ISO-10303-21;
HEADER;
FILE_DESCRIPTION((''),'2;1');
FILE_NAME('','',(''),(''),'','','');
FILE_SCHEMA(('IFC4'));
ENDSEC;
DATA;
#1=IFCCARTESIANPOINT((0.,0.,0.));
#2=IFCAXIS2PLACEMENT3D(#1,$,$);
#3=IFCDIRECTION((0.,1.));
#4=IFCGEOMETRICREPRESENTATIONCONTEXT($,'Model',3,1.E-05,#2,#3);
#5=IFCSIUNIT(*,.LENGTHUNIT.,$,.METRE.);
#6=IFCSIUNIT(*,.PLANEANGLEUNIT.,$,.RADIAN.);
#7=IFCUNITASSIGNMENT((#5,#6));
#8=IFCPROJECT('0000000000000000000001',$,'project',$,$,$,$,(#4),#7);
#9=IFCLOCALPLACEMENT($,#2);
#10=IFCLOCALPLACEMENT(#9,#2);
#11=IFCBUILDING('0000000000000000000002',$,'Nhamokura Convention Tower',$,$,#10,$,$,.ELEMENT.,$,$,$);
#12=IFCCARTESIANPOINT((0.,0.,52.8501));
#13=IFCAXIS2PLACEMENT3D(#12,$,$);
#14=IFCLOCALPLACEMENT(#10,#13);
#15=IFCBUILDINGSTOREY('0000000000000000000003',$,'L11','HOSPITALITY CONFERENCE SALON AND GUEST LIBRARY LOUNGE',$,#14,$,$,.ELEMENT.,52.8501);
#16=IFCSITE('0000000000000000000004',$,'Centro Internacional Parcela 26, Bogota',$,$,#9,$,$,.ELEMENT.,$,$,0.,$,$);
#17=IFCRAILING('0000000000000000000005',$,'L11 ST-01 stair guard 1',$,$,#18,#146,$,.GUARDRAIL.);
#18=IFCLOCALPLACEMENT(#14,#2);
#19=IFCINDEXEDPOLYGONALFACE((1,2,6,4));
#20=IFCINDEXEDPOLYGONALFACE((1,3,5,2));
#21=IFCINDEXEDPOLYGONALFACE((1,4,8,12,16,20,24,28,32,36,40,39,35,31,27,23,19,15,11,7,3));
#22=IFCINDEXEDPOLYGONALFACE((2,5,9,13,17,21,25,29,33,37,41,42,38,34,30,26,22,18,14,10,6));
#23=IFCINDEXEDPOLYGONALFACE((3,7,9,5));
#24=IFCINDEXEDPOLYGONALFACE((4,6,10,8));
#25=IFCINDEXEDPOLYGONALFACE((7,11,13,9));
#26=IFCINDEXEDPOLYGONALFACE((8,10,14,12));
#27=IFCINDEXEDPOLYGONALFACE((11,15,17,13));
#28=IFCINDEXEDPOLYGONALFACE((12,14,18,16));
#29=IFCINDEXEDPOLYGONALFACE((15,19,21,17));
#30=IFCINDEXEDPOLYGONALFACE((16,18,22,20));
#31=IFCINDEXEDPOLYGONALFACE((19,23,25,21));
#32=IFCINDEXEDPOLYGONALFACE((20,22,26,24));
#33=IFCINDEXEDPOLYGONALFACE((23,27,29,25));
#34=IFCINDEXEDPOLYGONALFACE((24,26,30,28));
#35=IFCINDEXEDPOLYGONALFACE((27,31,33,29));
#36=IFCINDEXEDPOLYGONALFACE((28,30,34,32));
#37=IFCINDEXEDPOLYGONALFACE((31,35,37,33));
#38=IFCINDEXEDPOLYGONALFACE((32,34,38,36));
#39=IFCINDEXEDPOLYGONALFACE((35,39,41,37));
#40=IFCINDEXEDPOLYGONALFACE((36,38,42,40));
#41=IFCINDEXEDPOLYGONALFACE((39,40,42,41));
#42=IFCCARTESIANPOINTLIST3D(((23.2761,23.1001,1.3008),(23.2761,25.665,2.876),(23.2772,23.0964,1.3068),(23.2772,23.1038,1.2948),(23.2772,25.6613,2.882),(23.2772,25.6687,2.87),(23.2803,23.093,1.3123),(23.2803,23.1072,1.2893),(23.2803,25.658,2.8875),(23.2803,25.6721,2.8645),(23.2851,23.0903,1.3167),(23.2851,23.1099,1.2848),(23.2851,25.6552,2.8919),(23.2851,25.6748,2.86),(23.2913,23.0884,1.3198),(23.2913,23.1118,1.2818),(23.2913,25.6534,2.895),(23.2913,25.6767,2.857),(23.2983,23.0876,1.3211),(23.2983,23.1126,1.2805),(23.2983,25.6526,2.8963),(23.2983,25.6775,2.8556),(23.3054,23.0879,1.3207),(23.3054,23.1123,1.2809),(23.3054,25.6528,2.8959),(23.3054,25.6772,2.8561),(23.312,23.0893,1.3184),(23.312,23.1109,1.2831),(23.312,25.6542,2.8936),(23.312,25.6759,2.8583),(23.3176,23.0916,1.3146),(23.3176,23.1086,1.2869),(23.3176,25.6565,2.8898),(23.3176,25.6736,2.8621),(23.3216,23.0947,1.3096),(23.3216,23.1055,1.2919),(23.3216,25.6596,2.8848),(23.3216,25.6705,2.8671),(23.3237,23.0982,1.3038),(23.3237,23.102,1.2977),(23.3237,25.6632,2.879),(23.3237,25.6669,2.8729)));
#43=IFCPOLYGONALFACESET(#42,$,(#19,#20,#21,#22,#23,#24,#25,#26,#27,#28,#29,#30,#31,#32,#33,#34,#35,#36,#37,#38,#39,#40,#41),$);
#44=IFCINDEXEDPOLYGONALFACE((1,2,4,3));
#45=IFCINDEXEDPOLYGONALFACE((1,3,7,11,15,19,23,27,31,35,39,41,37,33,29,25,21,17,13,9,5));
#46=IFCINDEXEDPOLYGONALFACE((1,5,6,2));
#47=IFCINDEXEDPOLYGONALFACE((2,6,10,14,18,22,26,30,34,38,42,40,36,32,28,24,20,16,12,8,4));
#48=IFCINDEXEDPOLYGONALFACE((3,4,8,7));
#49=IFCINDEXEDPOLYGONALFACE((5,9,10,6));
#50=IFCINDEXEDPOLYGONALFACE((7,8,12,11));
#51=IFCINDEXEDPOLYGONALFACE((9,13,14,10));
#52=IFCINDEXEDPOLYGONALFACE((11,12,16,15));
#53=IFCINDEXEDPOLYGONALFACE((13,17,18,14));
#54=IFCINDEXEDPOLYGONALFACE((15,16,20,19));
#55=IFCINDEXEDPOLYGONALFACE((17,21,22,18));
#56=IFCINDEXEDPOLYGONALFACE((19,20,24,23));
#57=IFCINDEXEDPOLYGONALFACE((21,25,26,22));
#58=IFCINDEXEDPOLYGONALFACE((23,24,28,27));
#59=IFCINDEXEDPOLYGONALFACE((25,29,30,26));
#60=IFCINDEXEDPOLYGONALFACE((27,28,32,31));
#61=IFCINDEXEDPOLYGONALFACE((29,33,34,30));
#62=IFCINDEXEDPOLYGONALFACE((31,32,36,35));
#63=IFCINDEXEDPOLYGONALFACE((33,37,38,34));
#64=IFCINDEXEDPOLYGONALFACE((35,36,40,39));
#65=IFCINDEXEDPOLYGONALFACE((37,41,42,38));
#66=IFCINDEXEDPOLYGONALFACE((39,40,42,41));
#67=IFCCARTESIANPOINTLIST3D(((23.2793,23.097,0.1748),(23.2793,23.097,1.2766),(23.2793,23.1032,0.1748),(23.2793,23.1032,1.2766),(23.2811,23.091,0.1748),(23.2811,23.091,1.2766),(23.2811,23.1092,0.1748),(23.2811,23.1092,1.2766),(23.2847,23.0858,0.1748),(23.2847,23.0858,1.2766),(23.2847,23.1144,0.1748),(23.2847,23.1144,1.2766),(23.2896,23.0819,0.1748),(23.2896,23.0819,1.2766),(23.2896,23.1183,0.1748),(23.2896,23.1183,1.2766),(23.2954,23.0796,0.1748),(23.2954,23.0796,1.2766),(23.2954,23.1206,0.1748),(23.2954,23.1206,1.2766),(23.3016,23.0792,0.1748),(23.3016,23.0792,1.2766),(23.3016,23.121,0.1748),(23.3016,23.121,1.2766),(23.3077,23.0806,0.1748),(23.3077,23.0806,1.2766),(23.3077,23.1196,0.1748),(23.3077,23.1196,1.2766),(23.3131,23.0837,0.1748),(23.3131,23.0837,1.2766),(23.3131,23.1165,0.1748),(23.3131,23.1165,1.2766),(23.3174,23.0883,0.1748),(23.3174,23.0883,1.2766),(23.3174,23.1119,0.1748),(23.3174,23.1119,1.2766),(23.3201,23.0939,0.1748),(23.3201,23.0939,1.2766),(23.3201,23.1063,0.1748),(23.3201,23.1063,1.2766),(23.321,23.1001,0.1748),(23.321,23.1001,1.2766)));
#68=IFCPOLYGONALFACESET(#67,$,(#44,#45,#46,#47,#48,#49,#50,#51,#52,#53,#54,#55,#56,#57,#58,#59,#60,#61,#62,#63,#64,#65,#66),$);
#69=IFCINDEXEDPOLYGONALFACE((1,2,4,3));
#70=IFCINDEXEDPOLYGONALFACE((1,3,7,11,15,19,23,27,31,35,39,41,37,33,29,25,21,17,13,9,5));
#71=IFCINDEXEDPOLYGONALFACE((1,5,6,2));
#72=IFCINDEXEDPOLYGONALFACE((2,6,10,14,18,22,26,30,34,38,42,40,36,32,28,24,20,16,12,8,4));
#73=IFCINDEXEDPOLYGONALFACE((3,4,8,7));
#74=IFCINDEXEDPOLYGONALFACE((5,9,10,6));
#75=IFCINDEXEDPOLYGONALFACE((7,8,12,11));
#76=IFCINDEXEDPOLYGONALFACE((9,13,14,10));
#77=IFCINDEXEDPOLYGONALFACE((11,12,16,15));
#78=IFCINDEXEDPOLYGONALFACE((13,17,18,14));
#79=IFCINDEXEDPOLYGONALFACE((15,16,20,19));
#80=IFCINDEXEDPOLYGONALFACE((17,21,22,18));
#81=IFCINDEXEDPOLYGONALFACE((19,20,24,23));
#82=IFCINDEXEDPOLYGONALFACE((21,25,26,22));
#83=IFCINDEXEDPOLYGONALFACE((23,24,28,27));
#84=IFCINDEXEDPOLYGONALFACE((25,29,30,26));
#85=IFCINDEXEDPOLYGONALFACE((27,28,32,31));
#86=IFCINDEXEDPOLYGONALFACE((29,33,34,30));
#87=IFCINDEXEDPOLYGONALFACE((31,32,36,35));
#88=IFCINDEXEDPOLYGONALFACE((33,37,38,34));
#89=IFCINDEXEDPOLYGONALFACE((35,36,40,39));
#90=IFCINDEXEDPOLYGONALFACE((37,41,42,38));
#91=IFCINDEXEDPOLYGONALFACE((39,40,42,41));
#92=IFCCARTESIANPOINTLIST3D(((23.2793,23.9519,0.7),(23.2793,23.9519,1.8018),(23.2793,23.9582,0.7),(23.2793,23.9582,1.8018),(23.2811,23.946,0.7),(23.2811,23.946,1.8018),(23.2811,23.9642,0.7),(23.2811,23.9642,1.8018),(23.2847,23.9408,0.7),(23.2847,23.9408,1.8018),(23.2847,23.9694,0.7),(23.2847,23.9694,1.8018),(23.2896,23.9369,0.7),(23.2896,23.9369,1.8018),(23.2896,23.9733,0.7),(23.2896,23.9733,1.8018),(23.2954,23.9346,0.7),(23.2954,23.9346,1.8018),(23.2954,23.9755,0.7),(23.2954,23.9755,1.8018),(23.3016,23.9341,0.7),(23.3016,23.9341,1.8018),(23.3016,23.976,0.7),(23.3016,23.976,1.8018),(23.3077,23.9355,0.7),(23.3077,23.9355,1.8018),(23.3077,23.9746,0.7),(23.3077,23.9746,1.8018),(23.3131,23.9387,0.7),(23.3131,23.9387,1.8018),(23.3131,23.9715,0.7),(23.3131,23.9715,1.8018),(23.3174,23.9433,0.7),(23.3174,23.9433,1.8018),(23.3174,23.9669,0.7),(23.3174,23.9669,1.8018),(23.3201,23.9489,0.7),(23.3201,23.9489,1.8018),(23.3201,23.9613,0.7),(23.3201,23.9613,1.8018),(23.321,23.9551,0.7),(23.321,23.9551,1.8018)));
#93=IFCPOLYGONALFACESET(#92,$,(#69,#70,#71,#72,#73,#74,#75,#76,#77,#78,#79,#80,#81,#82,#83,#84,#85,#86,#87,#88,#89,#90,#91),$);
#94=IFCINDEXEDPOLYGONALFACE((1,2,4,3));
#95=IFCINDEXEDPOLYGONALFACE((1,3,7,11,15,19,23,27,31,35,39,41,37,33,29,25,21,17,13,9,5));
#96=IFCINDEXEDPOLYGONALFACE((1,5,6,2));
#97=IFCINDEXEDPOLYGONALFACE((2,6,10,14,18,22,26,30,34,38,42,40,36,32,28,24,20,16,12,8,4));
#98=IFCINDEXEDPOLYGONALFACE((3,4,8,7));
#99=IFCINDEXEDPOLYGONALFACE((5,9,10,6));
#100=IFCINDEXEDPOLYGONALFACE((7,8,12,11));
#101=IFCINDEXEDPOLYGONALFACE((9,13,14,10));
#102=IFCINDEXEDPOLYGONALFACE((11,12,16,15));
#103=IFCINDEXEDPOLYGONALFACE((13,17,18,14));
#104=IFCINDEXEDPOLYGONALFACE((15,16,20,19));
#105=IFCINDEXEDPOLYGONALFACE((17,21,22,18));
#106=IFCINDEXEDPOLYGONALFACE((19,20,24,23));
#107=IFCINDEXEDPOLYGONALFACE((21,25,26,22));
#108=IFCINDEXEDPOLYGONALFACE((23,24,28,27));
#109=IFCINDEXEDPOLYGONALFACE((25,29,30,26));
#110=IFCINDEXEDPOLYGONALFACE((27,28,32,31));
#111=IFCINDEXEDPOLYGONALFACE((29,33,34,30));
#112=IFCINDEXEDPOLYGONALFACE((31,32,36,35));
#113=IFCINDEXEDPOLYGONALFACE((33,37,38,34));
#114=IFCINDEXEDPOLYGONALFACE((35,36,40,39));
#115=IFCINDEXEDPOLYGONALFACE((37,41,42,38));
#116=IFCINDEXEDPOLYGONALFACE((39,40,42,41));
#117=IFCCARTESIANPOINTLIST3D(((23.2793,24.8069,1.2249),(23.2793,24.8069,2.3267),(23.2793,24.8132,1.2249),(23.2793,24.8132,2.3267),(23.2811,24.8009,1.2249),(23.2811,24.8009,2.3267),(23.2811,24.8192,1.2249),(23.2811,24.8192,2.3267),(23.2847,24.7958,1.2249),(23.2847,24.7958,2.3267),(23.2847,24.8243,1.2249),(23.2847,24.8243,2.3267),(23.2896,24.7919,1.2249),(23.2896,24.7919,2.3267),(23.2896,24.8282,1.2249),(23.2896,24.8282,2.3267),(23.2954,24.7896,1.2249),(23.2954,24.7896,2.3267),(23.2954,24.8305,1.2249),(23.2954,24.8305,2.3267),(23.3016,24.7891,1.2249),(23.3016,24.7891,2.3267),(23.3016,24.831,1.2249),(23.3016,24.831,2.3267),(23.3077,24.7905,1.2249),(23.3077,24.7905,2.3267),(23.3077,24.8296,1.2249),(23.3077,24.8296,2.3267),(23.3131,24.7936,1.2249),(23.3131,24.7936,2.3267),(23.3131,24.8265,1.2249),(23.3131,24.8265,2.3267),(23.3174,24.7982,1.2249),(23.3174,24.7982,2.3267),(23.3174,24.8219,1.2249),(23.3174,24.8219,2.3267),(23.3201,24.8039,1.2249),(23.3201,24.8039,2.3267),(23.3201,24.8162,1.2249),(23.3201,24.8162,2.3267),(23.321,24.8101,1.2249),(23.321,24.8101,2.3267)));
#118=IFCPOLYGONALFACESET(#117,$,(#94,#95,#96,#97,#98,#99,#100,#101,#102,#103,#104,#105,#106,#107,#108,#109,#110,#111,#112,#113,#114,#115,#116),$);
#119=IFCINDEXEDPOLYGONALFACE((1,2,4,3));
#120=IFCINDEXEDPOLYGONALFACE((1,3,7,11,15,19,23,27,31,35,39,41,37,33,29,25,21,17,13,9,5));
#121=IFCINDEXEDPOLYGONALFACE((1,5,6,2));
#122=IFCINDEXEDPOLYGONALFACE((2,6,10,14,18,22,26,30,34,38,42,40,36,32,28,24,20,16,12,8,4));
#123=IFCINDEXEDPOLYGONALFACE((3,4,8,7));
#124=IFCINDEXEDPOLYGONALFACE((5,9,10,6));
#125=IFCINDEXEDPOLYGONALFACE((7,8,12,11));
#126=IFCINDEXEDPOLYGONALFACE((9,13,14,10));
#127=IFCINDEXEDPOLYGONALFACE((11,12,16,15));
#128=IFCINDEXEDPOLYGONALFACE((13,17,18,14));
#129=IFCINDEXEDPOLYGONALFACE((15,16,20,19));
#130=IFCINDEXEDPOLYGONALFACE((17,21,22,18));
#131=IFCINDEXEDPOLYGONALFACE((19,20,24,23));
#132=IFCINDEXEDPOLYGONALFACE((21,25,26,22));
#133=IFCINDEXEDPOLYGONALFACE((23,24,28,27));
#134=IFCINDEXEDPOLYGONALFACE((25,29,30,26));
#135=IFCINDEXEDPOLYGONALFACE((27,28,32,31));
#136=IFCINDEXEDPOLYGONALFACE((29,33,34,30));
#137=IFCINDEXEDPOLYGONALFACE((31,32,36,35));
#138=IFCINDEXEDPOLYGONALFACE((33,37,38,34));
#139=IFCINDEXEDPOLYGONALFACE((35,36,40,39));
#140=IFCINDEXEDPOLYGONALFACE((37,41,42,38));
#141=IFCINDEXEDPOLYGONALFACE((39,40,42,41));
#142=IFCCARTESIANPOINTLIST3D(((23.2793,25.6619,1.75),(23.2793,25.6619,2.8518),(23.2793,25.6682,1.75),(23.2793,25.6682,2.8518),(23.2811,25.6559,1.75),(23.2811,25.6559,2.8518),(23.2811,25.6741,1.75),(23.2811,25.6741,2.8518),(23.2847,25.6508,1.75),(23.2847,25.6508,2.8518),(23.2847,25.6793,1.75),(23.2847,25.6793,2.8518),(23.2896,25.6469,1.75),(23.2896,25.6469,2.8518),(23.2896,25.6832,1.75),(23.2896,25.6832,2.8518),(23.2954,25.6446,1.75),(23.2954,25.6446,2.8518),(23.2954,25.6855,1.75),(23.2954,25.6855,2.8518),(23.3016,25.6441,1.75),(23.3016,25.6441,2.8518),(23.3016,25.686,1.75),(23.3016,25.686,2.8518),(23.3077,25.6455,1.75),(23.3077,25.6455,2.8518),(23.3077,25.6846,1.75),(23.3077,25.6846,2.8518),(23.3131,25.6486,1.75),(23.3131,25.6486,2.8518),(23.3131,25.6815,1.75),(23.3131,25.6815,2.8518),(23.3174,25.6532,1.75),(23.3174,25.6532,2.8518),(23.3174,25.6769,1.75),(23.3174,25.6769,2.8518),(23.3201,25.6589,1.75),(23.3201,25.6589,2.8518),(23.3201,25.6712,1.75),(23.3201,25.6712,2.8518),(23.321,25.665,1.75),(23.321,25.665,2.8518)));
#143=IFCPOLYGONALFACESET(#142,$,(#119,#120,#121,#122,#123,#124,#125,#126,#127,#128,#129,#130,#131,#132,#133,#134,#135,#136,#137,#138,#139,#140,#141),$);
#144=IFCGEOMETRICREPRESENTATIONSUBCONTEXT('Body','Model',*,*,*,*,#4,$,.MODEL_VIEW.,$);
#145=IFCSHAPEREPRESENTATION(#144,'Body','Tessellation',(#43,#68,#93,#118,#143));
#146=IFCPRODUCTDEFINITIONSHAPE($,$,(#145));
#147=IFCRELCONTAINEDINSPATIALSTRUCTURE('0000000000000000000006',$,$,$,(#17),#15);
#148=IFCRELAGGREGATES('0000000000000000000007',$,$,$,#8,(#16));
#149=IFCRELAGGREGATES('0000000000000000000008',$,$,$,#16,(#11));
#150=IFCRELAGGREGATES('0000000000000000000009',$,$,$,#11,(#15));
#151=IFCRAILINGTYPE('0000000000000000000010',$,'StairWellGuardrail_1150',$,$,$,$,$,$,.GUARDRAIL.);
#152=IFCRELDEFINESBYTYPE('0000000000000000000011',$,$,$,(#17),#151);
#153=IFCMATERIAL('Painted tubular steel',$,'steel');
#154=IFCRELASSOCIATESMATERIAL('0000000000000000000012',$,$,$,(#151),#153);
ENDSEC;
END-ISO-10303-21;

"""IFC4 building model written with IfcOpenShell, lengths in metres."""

from ifc_helpers import new_model, si_unit, direction, frame, origin, origin_2d, place, context, subcontext, project, spatial, circle, extrude, material, type_object, element, save


model = new_model("IFC4")

# Units and contexts
model_context = context("Model", 3, precision=1e-05, world=origin(), true_north=direction((0.0, 1.0)))
body_context = subcontext(model_context, "Body", "Model", "MODEL_VIEW")
ifc_project = project(units=[si_unit("LENGTHUNIT", "METRE"), si_unit("PLANEANGLEUNIT", "RADIAN")], contexts=[model_context])

# Site, building, storey
site_placement = place(None, origin())
site = spatial("IfcSite", under=ifc_project, at=site_placement, Name="Centro Internacional Parcela 26, Bogota", CompositionType="ELEMENT", RefElevation=0.0)
building_placement = place(site_placement, origin())
building = spatial("IfcBuilding", under=site, at=building_placement, Name="Nhamokura Convention Tower", CompositionType="ELEMENT")
storey_placement = place(building_placement, frame((0.0, 0.0, 52.8501)))
storey = spatial("IfcBuildingStorey", under=building, at=storey_placement, Name="L11", Description="HOSPITALITY CONFERENCE SALON AND GUEST LIBRARY LOUNGE", CompositionType="ELEMENT", Elevation=52.8501)

# Railing
ifc_material_1 = material(Name="Painted tubular steel", Category="steel")
railing_type_1 = type_object("IfcRailingType", Name="StairWellGuardrail_1150", PredefinedType="GUARDRAIL", material=ifc_material_1)
railing_1_placement = place(storey_placement, frame((23.3, 23.1001, 0.1748)))
element("IfcRailing", 1, at=railing_1_placement, inside=storey, type_object=railing_type_1, Name="L11 ST-01 stair guard 1", PredefinedType="GUARDRAIL", context=body_context, shape_type="SweptSolid", body=[
    extrude(circle(Radius=0.0239, at=origin_2d()), frame((0.0, 0.0, 1.126), z_axis=(0.0, 0.852137, 0.523319), x_axis=(-1.0, 0.0, 0.0)), (0.0, 0.0, 1.0), 3.01),
    extrude(circle(Radius=0.021, at=origin_2d()), origin(), (0.0, 0.0, 1.0), 1.1018),
    extrude(circle(Radius=0.021, at=origin_2d()), frame((0.0, 0.855, 0.5251)), (0.0, 0.0, 1.0), 1.1018),
    extrude(circle(Radius=0.021, at=origin_2d()), frame((0.0, 1.71, 1.05)), (0.0, 0.0, 1.0), 1.1018),
    extrude(circle(Radius=0.021, at=origin_2d()), frame((0.0, 2.5649, 1.5752)), (0.0, 0.0, 1.0), 1.1018),
])

save(model, "model.ifc")
